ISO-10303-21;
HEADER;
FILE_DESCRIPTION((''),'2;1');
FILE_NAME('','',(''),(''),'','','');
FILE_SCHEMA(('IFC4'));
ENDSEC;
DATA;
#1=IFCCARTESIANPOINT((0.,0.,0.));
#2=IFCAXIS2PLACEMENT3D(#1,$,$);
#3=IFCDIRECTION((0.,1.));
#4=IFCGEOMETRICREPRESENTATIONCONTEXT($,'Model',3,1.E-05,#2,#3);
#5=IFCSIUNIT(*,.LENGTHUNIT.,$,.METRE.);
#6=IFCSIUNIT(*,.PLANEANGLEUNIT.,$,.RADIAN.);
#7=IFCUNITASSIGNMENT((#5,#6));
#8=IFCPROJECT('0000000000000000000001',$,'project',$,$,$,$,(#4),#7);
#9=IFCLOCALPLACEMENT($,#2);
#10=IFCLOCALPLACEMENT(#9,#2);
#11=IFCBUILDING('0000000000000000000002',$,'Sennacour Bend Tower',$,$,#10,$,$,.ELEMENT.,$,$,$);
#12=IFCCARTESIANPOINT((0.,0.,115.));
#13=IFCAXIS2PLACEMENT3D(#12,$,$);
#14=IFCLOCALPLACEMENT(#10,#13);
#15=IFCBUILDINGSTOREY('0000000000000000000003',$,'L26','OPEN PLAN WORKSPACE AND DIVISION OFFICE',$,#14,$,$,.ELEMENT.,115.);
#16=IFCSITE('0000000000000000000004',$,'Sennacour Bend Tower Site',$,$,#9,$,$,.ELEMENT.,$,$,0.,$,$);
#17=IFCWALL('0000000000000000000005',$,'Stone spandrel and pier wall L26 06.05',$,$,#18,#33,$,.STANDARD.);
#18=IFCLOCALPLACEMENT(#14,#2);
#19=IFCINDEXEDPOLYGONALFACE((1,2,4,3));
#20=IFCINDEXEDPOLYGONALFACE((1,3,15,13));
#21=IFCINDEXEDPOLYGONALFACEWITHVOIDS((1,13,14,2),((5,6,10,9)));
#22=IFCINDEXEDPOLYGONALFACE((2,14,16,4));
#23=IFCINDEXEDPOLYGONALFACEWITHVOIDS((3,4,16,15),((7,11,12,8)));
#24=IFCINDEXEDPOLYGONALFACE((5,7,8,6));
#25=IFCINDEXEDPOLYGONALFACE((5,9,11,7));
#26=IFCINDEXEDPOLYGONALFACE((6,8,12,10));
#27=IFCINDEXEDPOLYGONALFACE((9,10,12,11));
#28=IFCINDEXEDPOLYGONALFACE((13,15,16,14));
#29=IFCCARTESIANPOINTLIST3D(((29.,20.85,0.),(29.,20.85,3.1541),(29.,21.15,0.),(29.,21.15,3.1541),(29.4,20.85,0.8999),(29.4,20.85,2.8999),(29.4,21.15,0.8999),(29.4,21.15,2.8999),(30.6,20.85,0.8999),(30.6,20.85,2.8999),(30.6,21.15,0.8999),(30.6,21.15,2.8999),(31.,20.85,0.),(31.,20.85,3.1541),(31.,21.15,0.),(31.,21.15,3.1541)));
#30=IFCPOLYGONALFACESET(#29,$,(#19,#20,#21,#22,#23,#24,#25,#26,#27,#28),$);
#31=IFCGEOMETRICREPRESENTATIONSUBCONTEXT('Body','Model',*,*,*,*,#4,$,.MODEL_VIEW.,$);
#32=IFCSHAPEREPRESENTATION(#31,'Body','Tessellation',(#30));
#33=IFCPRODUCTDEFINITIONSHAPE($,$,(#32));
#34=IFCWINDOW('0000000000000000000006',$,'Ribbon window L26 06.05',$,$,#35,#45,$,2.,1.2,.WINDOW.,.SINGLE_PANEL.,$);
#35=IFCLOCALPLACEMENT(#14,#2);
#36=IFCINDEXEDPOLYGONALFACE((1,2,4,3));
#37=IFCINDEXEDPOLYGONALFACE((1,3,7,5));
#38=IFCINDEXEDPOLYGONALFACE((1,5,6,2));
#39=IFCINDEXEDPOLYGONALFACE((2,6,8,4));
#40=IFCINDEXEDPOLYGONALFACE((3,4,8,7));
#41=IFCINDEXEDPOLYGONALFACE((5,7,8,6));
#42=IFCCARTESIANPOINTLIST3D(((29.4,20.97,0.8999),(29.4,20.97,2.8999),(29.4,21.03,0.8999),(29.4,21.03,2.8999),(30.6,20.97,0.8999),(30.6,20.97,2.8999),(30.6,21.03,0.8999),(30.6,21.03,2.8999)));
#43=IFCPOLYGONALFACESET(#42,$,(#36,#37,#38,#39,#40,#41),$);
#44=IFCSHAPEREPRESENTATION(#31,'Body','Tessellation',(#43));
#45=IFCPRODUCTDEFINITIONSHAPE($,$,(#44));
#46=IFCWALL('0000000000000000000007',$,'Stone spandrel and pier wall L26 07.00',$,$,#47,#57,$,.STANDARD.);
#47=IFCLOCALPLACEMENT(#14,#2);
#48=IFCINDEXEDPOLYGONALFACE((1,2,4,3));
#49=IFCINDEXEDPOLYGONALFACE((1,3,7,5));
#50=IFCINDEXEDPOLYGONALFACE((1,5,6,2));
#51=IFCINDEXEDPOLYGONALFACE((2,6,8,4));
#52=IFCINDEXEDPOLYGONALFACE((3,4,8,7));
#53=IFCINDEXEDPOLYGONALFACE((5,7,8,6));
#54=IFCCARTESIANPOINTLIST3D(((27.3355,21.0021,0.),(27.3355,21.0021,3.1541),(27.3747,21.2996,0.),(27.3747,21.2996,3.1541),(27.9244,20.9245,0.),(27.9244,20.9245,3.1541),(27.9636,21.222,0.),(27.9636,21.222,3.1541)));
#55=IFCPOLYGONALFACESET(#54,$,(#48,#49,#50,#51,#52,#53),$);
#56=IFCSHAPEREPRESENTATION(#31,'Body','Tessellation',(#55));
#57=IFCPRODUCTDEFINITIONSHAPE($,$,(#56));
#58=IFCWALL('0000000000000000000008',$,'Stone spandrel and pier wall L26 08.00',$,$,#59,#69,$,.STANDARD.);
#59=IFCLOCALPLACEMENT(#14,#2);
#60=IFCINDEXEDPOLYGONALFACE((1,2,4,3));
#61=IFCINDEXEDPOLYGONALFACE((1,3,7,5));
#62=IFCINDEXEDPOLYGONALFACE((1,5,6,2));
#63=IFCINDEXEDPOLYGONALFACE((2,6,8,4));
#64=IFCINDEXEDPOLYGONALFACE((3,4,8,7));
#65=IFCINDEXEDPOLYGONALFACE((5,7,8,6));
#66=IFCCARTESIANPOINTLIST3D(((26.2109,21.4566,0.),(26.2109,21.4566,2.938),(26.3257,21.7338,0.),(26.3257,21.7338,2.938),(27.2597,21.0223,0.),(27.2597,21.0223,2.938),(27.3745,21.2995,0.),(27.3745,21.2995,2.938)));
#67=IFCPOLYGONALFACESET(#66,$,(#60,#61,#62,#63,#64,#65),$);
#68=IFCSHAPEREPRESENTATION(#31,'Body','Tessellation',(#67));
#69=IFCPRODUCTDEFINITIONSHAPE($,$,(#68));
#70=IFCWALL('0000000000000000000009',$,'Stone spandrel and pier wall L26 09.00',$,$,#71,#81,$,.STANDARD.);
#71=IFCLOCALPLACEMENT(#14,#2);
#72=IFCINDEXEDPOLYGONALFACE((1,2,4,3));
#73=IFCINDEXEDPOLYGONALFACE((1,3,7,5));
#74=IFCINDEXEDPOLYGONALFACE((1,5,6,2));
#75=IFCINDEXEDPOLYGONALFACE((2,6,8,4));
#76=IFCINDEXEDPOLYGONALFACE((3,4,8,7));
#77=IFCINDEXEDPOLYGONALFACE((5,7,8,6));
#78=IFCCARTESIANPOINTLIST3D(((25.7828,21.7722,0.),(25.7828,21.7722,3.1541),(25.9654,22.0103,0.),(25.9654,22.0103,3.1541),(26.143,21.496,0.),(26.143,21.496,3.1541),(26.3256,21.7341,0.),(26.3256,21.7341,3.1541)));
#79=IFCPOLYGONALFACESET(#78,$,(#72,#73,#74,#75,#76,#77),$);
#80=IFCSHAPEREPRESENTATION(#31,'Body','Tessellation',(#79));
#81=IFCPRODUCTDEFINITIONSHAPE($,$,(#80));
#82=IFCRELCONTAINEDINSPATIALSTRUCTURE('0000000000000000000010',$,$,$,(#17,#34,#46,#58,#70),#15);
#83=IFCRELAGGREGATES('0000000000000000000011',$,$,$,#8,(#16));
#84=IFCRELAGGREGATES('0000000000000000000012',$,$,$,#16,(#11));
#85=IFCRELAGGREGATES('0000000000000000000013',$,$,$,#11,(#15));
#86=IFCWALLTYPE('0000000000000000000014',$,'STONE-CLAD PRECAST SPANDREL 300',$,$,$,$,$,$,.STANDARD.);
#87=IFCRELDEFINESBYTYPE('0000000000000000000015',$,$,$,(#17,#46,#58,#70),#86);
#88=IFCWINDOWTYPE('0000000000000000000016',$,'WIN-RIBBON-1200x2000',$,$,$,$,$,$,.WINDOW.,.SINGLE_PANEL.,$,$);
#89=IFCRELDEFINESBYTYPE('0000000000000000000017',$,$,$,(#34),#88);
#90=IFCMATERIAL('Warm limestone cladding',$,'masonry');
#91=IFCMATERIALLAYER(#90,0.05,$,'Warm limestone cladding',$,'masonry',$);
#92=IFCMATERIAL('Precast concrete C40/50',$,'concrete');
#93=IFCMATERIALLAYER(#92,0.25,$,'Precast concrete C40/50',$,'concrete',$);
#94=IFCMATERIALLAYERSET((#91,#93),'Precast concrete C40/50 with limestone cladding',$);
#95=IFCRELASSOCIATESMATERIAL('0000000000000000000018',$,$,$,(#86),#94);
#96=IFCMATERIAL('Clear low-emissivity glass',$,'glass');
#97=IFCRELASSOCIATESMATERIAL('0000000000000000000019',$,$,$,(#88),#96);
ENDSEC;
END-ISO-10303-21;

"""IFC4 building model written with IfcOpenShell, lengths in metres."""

from ifc_helpers import new_model, si_unit, direction, frame, frame_2d, origin, place, context, subcontext, project, spatial, rectangle, extrude, material, layer, layer_set, type_object, element, fill, save


model = new_model("IFC4")

# Units and contexts
model_context = context("Model", 3, precision=1e-05, world=origin(), true_north=direction((0.0, 1.0)))
body_context = subcontext(model_context, "Body", "Model", "MODEL_VIEW")
ifc_project = project(units=[si_unit("LENGTHUNIT", "METRE"), si_unit("PLANEANGLEUNIT", "RADIAN")], contexts=[model_context])

# Site, building, storey
site_placement = place(None, origin())
site = spatial("IfcSite", under=ifc_project, at=site_placement, Name="Sennacour Bend Tower Site", CompositionType="ELEMENT", RefElevation=0.0)
building_placement = place(site_placement, origin())
building = spatial("IfcBuilding", under=site, at=building_placement, Name="Sennacour Bend Tower", CompositionType="ELEMENT")
storey_placement = place(building_placement, frame((0.0, 0.0, 115.0)))
storey = spatial("IfcBuildingStorey", under=building, at=storey_placement, Name="L26", Description="OPEN PLAN WORKSPACE AND DIVISION OFFICE", CompositionType="ELEMENT", Elevation=115.0)

# Shared definitions
ifc_material_1 = material(Name="Warm limestone cladding", Category="masonry")
ifc_layer_1 = layer(ifc_material_1, 0.05, Name="Warm limestone cladding", Category="masonry")
ifc_material_2 = material(Name="Precast concrete C40/50", Category="concrete")
ifc_layer_2 = layer(ifc_material_2, 0.25, Name="Precast concrete C40/50", Category="concrete")
ifc_layer_set_1 = layer_set([ifc_layer_1, ifc_layer_2], Name="Precast concrete C40/50 with limestone cladding")
wall_type_1 = type_object("IfcWallType", Name="STONE-CLAD PRECAST SPANDREL 300", PredefinedType="STANDARD", material=ifc_layer_set_1)
ifc_material_3 = material(Name="Clear low-emissivity glass", Category="glass")

# Wall, opening, window
wall_1_placement = place(storey_placement, frame((31.0, 21.0, 0.0), z_axis=(0.0, 0.0, 1.0), x_axis=(-1.0, 0.0, 0.0)))
wall_1 = element("IfcWall", 1, at=wall_1_placement, inside=storey, type_object=wall_type_1, Name="Stone spandrel and pier wall L26 06.05", PredefinedType="STANDARD", context=body_context, shape_type="SweptSolid", body=[
    extrude(rectangle(XDim=2.0, YDim=0.3, at=frame_2d((1.0, 0.0))), origin(), (0.0, 0.0, 1.0), 3.1541),
])
opening_1_placement = place(wall_1_placement, frame((0.3999, 0.0, 0.8999)))
opening_1 = element("IfcOpeningElement", 2, at=opening_1_placement, cuts=wall_1, PredefinedType="OPENING", context=body_context, shape_type="SweptSolid", body=[
    extrude(rectangle(XDim=1.2, YDim=2.0, at=frame_2d((0.6001, 1.0))), frame((0.0, 0.1602, 0.0), z_axis=(0.0, -1.0, 0.0), x_axis=(1.0, 0.0, 0.0)), (0.0, 0.0, 1.0), 0.3201),
])
window_type_1 = type_object("IfcWindowType", Name="WIN-RIBBON-1200x2000", PartitioningType="SINGLE_PANEL", PredefinedType="WINDOW", material=ifc_material_3)
window_1_placement = place(opening_1_placement, origin())
window_1 = element("IfcWindow", 3, at=window_1_placement, inside=storey, type_object=window_type_1, Name="Ribbon window L26 06.05", OverallHeight=2.0, OverallWidth=1.2, PartitioningType="SINGLE_PANEL", PredefinedType="WINDOW", context=body_context, shape_type="SweptSolid", body=[
    extrude(rectangle(XDim=1.2, YDim=2.0, at=frame_2d((0.6001, 1.0))), frame((0.0, 0.03, 0.0), z_axis=(0.0, -1.0, 0.0), x_axis=(1.0, 0.0, 0.0)), (0.0, 0.0, 1.0), 0.0601),
])
fill(opening_1, window_1)

# Walls
wall_2_placement = place(storey_placement, frame((27.9438, 21.0732, 0.0), z_axis=(0.0, 0.0, 1.0), x_axis=(-0.991421, 0.13071, 0.0)))
element("IfcWall", 4, at=wall_2_placement, inside=storey, type_object=wall_type_1, Name="Stone spandrel and pier wall L26 07.00", PredefinedType="STANDARD", context=body_context, shape_type="SweptSolid", body=[
    extrude(rectangle(XDim=0.594, YDim=0.3, at=frame_2d((0.2969, 0.0))), origin(), (0.0, 0.0, 1.0), 3.1541),
])
wall_3_placement = place(storey_placement, frame((27.3171, 21.1609, 0.0), z_axis=(0.0, 0.0, 1.0), x_axis=(-0.923915, 0.382599, 0.0)))
element("IfcWall", 5, at=wall_3_placement, inside=storey, type_object=wall_type_1, Name="Stone spandrel and pier wall L26 08.00", PredefinedType="STANDARD", context=body_context, shape_type="SweptSolid", body=[
    extrude(rectangle(XDim=1.1353, YDim=0.3, at=frame_2d((0.5676, 0.0))), origin(), (0.0, 0.0, 1.0), 2.938),
])
wall_4_placement = place(storey_placement, frame((26.2344, 21.615, 0.0), z_axis=(0.0, 0.0, 1.0), x_axis=(-0.793563, 0.608488, 0.0)))
element("IfcWall", 6, at=wall_4_placement, inside=storey, type_object=wall_type_1, Name="Stone spandrel and pier wall L26 09.00", PredefinedType="STANDARD", context=body_context, shape_type="SweptSolid", body=[
    extrude(rectangle(XDim=0.4539, YDim=0.3, at=frame_2d((0.2271, 0.0))), origin(), (0.0, 0.0, 1.0), 3.1541),
])

save(model, "model.ifc")
